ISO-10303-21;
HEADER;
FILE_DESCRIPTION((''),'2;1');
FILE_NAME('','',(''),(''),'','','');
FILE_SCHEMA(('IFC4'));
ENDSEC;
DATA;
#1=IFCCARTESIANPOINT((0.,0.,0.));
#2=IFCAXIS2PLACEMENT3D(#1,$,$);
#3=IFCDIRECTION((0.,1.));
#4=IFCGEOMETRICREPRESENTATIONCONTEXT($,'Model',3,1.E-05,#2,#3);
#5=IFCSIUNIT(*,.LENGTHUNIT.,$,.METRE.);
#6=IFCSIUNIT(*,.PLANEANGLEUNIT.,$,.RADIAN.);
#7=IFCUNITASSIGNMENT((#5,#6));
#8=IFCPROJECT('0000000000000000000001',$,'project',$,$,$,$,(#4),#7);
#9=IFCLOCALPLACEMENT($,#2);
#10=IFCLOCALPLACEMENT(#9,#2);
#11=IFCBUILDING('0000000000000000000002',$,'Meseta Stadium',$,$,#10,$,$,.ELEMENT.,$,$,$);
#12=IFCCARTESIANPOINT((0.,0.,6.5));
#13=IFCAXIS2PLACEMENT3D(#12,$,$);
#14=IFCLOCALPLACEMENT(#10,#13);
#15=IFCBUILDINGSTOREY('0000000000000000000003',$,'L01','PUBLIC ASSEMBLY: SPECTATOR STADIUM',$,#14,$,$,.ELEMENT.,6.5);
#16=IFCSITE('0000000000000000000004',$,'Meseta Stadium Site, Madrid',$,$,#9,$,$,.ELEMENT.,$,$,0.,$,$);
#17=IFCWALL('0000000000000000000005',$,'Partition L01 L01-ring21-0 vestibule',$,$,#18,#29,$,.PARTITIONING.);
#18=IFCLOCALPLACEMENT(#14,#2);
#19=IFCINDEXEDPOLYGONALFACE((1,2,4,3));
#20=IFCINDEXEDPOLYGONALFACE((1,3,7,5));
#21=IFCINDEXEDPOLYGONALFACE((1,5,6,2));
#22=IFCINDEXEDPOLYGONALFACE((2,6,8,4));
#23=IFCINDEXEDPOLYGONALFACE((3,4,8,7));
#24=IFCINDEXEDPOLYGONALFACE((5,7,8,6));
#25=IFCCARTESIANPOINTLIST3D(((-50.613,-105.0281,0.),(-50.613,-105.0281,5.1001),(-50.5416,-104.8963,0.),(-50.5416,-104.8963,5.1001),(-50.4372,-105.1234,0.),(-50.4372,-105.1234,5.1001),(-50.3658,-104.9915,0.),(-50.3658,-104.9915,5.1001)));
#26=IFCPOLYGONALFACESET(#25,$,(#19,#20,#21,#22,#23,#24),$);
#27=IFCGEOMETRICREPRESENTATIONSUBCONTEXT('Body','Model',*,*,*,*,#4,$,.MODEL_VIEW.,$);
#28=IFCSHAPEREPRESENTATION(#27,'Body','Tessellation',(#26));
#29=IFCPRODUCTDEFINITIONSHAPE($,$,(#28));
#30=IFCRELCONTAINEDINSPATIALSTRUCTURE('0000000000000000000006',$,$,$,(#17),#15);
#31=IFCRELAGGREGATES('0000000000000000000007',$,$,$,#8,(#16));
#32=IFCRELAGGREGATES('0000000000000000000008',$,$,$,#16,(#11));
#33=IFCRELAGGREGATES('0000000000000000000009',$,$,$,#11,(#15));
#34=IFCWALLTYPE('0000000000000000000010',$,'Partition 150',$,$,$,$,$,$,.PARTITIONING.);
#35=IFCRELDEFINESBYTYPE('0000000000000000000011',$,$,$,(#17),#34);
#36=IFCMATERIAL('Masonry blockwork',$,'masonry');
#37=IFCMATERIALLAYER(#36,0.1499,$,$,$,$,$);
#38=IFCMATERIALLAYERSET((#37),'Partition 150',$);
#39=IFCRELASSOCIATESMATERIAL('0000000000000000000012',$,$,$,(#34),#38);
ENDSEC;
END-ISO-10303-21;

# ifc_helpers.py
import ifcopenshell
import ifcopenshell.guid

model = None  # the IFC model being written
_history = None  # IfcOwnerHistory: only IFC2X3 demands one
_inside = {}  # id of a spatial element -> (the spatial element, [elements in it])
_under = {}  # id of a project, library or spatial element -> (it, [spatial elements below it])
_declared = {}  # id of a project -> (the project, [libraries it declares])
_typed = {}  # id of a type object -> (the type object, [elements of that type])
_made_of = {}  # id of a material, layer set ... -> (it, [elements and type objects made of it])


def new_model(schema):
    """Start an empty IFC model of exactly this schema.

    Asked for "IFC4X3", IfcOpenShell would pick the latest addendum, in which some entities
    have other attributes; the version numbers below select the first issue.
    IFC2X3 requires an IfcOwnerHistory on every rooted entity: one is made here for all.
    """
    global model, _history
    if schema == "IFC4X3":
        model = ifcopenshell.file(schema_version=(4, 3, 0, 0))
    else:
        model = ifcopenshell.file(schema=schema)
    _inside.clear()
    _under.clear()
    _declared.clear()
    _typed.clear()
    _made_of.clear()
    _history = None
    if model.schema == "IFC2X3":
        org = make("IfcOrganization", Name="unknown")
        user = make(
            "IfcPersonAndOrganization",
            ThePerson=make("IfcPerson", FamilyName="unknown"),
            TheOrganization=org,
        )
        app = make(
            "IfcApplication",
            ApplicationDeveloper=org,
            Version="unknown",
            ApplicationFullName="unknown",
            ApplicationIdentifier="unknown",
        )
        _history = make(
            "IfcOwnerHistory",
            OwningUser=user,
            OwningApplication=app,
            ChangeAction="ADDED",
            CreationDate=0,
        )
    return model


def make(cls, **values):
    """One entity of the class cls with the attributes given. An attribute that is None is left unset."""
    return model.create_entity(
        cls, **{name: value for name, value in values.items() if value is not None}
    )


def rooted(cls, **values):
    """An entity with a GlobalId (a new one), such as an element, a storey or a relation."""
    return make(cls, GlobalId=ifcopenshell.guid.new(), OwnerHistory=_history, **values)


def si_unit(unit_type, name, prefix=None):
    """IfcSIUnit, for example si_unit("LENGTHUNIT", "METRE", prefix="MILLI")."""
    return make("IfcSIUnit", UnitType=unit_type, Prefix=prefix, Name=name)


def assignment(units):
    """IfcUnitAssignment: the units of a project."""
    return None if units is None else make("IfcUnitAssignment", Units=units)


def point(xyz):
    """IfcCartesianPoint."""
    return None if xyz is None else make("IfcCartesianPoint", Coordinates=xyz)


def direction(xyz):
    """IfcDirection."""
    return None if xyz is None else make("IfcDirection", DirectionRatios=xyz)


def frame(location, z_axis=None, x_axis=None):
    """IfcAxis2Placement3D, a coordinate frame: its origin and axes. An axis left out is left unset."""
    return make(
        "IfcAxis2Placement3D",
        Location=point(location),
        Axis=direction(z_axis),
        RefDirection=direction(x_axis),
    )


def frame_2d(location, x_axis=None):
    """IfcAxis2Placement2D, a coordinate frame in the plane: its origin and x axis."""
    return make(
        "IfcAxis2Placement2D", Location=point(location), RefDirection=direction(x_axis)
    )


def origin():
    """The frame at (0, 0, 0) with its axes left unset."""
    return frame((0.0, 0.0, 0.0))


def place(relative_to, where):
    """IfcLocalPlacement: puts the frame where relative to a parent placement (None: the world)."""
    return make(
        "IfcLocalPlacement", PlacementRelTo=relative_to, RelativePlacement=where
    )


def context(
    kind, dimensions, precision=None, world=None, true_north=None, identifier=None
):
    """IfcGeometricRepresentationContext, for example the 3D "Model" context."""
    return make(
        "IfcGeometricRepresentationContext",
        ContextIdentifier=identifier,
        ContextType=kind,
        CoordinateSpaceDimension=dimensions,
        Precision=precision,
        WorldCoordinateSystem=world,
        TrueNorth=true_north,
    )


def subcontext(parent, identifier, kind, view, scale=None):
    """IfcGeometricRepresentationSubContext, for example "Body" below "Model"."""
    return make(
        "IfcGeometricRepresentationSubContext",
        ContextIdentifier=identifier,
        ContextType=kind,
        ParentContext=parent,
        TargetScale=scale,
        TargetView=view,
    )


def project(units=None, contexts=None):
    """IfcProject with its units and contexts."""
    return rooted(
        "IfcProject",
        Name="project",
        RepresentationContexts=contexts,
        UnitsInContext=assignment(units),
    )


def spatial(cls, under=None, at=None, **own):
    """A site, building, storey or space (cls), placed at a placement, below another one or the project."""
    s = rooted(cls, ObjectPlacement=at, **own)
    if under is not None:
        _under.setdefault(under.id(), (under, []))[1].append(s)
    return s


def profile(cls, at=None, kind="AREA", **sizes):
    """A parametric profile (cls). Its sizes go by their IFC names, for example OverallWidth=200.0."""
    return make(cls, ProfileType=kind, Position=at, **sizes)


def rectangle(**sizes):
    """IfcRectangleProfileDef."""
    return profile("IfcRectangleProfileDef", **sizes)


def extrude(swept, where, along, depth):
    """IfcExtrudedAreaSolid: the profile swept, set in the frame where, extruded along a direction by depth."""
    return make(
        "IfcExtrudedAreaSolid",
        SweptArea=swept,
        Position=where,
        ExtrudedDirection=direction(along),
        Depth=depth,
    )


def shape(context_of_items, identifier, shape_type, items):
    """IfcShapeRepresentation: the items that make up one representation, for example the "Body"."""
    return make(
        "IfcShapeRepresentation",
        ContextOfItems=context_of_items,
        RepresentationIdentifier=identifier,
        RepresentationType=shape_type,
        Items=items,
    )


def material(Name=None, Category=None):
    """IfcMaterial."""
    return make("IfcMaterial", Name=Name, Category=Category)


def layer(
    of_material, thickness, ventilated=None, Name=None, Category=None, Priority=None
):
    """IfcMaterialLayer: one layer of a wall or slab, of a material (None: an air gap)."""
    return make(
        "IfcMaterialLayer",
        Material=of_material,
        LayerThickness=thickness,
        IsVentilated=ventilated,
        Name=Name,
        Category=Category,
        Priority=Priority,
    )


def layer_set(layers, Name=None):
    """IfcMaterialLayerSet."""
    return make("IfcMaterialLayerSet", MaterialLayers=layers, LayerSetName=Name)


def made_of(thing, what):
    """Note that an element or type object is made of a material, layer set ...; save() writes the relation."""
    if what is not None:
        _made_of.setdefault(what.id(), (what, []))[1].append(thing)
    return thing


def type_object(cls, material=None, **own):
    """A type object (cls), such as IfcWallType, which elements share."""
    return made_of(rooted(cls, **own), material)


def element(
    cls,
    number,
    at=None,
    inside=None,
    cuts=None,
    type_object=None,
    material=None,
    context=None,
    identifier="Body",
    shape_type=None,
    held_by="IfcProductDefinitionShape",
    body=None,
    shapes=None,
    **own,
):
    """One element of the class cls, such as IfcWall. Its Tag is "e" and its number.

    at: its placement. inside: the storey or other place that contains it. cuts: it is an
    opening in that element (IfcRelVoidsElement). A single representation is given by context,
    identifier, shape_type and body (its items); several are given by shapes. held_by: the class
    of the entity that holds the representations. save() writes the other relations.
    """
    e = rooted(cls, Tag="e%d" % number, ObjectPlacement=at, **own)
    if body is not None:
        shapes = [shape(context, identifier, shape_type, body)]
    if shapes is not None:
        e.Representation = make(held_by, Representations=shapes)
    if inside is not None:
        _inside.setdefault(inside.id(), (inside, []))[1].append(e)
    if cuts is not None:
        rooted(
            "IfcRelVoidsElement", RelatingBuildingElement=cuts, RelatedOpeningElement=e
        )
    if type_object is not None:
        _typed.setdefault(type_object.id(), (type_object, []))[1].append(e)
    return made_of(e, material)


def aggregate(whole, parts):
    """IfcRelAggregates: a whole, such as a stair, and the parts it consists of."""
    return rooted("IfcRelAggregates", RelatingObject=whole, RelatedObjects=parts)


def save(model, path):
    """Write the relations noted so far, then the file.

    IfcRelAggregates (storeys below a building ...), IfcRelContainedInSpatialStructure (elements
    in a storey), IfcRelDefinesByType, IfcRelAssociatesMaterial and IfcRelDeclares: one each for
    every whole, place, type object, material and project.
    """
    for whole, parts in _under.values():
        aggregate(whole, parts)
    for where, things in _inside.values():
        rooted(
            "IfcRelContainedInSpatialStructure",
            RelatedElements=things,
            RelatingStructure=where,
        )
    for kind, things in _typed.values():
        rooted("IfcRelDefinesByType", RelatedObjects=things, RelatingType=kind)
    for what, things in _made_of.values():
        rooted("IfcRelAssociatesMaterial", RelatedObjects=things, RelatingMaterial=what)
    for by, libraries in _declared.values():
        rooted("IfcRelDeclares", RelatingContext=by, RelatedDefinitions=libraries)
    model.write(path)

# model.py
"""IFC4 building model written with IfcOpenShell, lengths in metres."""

from ifc_helpers import new_model, si_unit, direction, frame, frame_2d, origin, place, context, subcontext, project, spatial, rectangle, extrude, material, layer, layer_set, type_object, element, save


model = new_model("IFC4")

# Units and contexts
model_context = context("Model", 3, precision=1e-05, world=origin(), true_north=direction((0.0, 1.0)))
body_context = subcontext(model_context, "Body", "Model", "MODEL_VIEW")
ifc_project = project(units=[si_unit("LENGTHUNIT", "METRE"), si_unit("PLANEANGLEUNIT", "RADIAN")], contexts=[model_context])

# Site, building, storey
site_placement = place(None, origin())
site = spatial("IfcSite", under=ifc_project, at=site_placement, Name="Meseta Stadium Site, Madrid", CompositionType="ELEMENT", RefElevation=0.0)
building_placement = place(site_placement, origin())
building = spatial("IfcBuilding", under=site, at=building_placement, Name="Meseta Stadium", CompositionType="ELEMENT")
storey_placement = place(building_placement, frame((0.0, 0.0, 6.5)))
storey = spatial("IfcBuildingStorey", under=building, at=storey_placement, Name="L01", Description="PUBLIC ASSEMBLY: SPECTATOR STADIUM", CompositionType="ELEMENT", Elevation=6.5)

# Shared definitions
ifc_material_1 = material(Name="Masonry blockwork", Category="masonry")
ifc_layer_1 = layer(ifc_material_1, 0.1499)
ifc_layer_set_1 = layer_set([ifc_layer_1], Name="Partition 150")
wall_type = type_object("IfcWallType", Name="Partition 150", PredefinedType="PARTITIONING", material=ifc_layer_set_1)

# Wall
wall_1_placement = place(storey_placement, frame((-50.5774, -104.9622, 0.0), z_axis=(0.0, 0.0, 1.0), x_axis=(0.879292, -0.476283, 0.0)))
element("IfcWall", 1, at=wall_1_placement, inside=storey, type_object=wall_type, Name="Partition L01 L01-ring21-0 vestibule", PredefinedType="PARTITIONING", context=body_context, shape_type="SweptSolid", body=[
    extrude(rectangle(XDim=0.2, YDim=0.1499, at=frame_2d((0.1001, 0.0))), origin(), (0.0, 0.0, 1.0), 5.1001),
])

save(model, "model.ifc")
